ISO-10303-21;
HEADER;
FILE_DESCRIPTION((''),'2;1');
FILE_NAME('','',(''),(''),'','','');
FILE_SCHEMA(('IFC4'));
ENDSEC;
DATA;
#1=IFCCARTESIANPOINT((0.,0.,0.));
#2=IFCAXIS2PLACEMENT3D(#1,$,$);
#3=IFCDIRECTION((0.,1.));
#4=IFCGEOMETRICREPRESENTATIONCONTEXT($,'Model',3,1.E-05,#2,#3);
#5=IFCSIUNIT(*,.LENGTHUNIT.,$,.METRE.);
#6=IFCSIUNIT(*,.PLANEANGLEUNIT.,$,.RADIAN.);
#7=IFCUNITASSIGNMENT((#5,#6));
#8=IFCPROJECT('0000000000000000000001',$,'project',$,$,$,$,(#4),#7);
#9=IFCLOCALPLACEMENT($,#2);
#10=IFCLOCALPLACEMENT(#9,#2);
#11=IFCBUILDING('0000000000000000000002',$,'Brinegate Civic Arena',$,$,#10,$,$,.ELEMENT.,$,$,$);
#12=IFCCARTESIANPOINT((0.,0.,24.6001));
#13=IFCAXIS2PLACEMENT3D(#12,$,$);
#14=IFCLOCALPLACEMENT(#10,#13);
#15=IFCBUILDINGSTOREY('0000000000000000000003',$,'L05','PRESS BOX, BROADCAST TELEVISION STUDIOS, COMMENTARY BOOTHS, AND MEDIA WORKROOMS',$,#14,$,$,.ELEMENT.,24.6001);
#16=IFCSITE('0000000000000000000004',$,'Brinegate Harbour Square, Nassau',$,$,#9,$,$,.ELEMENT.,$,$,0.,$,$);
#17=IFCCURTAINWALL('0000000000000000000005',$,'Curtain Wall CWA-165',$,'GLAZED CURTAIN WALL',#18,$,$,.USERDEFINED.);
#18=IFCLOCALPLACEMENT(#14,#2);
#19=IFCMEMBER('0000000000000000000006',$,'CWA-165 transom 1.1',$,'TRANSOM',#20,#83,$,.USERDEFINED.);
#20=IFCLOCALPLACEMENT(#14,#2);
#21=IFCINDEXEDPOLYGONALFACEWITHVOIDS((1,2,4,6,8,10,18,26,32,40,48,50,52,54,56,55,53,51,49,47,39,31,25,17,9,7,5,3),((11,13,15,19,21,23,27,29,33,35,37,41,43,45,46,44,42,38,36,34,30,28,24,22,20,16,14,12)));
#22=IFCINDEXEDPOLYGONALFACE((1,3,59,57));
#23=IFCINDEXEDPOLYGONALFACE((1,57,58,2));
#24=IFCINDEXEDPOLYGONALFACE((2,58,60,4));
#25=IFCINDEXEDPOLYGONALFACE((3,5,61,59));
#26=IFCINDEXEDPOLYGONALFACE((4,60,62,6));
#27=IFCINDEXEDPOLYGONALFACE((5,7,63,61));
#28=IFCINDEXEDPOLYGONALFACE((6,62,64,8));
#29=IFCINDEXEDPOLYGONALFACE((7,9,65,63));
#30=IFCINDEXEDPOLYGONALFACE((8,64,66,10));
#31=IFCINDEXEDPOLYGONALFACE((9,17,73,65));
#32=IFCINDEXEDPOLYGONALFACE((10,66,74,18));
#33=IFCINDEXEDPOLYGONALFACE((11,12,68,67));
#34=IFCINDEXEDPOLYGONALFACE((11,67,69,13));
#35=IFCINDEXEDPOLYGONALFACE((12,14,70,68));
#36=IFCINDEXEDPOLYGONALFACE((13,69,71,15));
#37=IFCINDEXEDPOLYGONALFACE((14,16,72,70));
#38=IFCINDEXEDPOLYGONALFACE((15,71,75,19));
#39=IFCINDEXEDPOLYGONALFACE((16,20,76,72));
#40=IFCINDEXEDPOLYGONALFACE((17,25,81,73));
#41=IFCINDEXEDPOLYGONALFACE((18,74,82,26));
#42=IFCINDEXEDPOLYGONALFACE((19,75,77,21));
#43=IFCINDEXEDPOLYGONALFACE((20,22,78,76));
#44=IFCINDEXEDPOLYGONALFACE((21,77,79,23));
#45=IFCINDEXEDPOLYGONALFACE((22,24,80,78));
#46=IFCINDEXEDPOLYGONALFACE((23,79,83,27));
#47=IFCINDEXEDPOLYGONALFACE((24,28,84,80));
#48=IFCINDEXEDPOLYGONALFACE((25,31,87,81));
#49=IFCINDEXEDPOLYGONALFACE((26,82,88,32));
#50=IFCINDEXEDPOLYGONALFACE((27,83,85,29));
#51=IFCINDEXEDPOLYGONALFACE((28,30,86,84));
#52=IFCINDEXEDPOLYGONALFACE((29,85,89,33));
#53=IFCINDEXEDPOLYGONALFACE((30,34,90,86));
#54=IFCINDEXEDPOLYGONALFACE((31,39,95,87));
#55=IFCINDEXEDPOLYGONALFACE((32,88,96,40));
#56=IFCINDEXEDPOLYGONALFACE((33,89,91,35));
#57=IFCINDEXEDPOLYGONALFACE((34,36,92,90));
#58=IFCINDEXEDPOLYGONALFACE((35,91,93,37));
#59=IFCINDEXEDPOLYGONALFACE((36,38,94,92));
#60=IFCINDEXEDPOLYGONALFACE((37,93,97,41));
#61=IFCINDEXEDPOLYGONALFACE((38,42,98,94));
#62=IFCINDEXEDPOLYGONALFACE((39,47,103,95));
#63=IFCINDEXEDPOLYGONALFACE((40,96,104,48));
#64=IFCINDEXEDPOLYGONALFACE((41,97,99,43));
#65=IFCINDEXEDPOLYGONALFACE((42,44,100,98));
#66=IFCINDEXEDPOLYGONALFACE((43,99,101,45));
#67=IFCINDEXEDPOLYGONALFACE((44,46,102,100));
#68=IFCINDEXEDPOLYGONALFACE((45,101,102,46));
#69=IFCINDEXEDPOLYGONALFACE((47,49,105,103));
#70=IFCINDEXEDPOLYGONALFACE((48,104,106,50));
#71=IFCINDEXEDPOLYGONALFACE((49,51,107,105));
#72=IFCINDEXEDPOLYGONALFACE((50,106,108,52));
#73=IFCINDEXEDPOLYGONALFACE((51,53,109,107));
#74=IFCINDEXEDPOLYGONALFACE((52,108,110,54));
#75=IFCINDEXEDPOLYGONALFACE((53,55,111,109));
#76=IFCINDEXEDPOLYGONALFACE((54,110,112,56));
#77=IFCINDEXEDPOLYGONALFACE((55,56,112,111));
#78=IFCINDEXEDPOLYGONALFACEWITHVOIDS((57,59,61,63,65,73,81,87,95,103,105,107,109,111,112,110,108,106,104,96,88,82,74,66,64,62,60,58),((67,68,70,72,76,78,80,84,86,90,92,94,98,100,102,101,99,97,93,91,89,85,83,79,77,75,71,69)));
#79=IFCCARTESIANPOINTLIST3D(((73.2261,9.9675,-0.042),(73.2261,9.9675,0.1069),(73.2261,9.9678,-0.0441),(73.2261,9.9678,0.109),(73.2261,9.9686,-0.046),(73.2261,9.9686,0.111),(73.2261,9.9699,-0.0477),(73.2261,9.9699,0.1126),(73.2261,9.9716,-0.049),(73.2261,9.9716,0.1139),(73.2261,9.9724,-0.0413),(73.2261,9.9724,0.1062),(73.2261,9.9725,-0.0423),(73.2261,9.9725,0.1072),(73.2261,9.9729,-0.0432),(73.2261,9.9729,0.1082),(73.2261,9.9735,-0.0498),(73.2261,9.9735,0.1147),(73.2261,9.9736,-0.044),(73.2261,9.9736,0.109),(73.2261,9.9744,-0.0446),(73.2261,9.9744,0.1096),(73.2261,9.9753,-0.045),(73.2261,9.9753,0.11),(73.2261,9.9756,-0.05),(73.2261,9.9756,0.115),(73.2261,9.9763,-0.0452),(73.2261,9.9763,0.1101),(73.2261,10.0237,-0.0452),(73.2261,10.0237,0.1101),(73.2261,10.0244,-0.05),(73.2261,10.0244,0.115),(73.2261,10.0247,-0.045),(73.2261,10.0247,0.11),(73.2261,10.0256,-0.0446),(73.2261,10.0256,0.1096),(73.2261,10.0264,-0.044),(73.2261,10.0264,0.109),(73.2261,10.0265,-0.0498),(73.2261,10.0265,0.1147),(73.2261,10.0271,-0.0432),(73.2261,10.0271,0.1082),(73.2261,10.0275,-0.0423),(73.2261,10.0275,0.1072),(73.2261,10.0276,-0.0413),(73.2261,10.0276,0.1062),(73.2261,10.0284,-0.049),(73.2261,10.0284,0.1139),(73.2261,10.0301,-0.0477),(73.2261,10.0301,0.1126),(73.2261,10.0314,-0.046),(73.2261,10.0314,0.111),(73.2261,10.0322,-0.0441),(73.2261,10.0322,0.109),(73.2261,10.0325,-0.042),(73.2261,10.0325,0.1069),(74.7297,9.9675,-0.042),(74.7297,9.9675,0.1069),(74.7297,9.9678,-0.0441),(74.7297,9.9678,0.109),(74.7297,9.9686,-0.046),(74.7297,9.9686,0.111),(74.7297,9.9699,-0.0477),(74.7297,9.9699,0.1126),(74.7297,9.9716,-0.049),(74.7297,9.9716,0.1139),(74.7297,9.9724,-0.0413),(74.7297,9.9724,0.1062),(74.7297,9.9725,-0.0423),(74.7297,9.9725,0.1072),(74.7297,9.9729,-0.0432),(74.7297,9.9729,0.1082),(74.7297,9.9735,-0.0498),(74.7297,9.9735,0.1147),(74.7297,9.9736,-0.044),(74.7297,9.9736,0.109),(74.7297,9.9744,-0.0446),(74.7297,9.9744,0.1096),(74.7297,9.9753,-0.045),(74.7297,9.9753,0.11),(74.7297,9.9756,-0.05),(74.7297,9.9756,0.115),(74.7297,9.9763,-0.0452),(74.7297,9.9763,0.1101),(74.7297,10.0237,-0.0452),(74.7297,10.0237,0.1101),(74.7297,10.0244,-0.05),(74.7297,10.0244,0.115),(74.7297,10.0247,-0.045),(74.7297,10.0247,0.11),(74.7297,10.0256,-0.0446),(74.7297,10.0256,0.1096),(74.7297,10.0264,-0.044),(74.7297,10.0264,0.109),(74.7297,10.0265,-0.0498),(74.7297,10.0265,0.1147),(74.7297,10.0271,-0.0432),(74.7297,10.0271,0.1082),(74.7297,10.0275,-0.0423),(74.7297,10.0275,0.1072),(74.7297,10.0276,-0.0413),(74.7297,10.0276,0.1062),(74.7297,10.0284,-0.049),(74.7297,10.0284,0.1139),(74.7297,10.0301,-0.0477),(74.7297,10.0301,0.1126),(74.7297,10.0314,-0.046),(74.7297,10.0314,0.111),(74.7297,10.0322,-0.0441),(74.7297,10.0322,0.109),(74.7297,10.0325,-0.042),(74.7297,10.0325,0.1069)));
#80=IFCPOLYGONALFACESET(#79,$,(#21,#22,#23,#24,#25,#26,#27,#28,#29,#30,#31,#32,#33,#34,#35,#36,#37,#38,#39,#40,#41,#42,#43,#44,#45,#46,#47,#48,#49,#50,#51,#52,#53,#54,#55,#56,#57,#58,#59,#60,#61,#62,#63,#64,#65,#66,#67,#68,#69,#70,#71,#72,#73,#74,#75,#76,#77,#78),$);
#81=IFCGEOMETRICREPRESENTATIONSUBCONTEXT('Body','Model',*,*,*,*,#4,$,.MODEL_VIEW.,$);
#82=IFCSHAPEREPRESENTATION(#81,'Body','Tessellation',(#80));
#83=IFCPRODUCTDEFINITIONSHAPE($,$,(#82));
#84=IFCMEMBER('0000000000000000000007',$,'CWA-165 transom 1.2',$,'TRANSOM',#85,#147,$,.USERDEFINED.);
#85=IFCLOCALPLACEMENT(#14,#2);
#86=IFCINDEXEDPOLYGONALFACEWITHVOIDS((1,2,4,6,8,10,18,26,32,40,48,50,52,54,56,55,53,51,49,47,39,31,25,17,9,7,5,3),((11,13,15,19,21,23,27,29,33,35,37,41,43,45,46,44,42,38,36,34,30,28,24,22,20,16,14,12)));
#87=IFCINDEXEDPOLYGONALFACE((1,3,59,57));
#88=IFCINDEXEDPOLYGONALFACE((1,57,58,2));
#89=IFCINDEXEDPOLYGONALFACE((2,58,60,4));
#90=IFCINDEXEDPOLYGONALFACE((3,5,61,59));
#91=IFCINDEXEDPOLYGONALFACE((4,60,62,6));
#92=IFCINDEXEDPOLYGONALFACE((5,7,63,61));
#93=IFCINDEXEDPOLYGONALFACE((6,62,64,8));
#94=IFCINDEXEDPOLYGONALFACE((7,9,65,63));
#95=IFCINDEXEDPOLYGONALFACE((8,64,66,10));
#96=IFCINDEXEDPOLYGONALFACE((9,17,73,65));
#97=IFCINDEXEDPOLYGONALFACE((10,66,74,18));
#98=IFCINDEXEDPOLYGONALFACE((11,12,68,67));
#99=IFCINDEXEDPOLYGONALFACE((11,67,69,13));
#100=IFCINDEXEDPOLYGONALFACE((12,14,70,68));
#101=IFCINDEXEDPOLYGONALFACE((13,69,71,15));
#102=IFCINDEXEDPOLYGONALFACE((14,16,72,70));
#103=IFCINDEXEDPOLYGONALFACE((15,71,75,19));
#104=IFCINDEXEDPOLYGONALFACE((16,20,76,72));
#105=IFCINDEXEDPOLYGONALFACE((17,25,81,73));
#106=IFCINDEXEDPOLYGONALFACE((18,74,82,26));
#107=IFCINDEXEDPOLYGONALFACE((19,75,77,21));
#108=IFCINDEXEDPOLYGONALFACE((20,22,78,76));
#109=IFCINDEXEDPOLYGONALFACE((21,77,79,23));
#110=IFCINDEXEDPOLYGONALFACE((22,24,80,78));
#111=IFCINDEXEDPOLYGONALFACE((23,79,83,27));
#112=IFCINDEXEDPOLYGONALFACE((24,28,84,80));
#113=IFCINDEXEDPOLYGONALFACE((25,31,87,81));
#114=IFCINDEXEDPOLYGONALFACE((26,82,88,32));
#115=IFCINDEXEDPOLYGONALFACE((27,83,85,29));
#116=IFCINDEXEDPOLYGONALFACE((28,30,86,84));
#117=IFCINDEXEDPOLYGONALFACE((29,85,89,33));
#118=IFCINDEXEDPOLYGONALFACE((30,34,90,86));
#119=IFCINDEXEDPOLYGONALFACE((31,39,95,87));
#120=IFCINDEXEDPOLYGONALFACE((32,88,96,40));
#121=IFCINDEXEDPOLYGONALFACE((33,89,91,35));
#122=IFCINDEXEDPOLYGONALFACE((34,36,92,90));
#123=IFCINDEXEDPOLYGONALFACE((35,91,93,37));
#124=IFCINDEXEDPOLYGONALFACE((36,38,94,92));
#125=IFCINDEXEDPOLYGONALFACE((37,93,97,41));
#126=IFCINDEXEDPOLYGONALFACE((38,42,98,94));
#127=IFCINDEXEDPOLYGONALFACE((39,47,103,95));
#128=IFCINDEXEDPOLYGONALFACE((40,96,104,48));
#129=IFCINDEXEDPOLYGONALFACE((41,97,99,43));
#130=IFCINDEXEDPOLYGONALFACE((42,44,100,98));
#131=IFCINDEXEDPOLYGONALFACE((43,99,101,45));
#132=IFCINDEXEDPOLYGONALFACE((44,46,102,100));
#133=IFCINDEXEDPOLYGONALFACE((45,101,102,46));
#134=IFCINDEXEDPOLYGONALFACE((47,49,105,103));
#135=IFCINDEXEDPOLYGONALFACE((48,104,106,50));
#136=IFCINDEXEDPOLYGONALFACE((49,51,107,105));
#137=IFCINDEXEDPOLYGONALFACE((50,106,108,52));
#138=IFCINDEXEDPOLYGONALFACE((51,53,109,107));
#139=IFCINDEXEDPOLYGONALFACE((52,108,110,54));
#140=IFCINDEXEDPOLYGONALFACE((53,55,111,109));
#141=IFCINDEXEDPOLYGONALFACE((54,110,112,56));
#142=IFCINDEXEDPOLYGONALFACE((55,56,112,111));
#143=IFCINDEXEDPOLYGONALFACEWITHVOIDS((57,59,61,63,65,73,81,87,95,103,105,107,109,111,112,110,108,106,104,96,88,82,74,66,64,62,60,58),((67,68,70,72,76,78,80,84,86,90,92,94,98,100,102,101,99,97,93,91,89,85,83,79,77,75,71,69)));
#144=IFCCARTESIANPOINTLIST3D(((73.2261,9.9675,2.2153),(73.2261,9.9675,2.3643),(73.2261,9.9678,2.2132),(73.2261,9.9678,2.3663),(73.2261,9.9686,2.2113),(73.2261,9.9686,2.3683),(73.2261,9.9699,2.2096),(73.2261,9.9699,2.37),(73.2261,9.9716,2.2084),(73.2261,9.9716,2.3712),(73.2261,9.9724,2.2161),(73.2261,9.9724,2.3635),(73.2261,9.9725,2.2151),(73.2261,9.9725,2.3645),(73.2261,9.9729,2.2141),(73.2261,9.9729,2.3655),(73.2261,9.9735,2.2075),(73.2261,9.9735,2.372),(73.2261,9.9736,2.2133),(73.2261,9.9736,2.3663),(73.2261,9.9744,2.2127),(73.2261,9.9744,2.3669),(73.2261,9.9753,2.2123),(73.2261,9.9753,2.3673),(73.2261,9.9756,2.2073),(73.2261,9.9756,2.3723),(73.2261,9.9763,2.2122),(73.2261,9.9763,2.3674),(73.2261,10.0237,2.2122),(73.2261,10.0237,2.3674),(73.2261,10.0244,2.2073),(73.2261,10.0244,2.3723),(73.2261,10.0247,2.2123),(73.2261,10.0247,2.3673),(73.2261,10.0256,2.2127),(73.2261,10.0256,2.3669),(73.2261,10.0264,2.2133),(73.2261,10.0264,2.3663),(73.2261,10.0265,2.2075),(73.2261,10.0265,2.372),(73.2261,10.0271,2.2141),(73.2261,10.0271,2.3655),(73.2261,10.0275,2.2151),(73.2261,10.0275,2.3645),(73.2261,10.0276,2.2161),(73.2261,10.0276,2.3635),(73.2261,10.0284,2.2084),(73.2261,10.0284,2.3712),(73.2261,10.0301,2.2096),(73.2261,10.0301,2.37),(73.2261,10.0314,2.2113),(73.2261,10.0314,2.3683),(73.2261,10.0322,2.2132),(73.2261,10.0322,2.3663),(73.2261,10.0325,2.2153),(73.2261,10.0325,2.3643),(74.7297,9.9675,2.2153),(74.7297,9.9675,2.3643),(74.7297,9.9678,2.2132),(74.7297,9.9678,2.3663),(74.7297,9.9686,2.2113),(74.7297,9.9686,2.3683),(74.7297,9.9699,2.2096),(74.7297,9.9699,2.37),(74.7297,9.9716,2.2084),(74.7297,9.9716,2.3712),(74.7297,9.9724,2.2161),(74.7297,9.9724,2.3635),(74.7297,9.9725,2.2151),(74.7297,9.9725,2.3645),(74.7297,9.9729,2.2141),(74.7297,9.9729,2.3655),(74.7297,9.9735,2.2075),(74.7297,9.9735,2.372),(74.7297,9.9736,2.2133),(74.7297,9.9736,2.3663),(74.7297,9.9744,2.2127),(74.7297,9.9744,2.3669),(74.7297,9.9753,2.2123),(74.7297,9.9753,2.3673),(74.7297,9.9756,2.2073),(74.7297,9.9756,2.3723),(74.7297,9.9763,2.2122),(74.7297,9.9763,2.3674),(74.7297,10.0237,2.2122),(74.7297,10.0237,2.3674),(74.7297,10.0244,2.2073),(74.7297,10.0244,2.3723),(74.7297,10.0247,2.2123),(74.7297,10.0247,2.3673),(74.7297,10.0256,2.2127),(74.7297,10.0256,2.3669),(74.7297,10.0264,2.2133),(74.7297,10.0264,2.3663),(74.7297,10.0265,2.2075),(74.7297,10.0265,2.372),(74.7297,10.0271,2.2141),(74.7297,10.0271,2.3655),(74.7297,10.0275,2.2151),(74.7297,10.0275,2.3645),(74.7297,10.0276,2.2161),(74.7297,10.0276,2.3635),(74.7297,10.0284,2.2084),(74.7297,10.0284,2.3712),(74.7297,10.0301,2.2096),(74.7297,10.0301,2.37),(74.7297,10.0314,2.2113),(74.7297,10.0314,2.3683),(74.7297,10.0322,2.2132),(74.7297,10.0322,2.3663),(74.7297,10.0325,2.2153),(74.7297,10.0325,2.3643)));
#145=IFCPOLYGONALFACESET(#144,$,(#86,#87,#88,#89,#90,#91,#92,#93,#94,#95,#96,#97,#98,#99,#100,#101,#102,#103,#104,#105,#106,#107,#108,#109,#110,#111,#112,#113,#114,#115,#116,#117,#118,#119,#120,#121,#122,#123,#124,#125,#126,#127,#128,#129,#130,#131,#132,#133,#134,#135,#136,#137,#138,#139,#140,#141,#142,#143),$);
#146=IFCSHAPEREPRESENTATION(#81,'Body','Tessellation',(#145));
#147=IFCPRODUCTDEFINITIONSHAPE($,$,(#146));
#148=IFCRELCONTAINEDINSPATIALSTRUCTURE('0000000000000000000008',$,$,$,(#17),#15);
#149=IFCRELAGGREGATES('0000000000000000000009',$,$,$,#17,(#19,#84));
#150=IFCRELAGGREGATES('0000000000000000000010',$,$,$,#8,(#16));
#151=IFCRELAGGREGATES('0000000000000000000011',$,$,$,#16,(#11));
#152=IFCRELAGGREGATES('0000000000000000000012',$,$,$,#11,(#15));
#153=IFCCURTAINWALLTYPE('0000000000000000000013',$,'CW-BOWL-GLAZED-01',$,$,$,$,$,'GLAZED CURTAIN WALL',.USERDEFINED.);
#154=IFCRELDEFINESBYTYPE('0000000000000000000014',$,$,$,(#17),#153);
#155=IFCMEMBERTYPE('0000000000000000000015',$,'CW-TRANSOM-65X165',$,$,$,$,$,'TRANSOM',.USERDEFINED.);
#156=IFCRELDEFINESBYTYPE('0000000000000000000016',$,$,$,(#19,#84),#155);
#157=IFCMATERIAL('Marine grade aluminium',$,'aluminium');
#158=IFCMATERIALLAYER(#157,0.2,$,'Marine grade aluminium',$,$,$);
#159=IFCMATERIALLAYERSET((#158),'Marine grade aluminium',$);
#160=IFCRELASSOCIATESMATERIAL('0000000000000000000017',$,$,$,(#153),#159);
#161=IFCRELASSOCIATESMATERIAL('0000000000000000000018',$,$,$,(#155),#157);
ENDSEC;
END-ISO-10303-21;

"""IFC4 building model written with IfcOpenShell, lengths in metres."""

from ifc_helpers import new_model, si_unit, direction, frame, origin, origin_2d, place, context, subcontext, project, spatial, hollow_rectangle, extrude, material, layer, layer_set, material_profile, profile_set, type_object, element, aggregate, save


model = new_model("IFC4")

# Units and contexts
model_context = context("Model", 3, precision=1e-05, world=origin(), true_north=direction((0.0, 1.0)))
body_context = subcontext(model_context, "Body", "Model", "MODEL_VIEW")
ifc_project = project(units=[si_unit("LENGTHUNIT", "METRE"), si_unit("PLANEANGLEUNIT", "RADIAN")], contexts=[model_context])

# Site, building, storey
site_placement = place(None, origin())
site = spatial("IfcSite", under=ifc_project, at=site_placement, Name="Brinegate Harbour Square, Nassau", CompositionType="ELEMENT", RefElevation=0.0)
building_placement = place(site_placement, origin())
building = spatial("IfcBuilding", under=site, at=building_placement, Name="Brinegate Civic Arena", CompositionType="ELEMENT")
storey_placement = place(building_placement, frame((0.0, 0.0, 24.6001)))
storey = spatial("IfcBuildingStorey", under=building, at=storey_placement, Name="L05", Description="PRESS BOX, BROADCAST TELEVISION STUDIOS, COMMENTARY BOOTHS, AND MEDIA WORKROOMS", CompositionType="ELEMENT", Elevation=24.6001)

# Curtain wall, members
ifc_material_1 = material(Name="Marine grade aluminium", Category="aluminium")
ifc_layer_1 = layer(ifc_material_1, 0.2, Name="Marine grade aluminium")
ifc_layer_set_1 = layer_set([ifc_layer_1], Name="Marine grade aluminium")
curtain_wall_type = type_object("IfcCurtainWallType", Name="CW-BOWL-GLAZED-01", ElementType="GLAZED CURTAIN WALL", PredefinedType="USERDEFINED", material=ifc_layer_set_1)
curtain_wall_1_placement = place(storey_placement, origin())
curtain_wall_1 = element("IfcCurtainWall", 1, at=curtain_wall_1_placement, inside=storey, type_object=curtain_wall_type, Name="Curtain Wall CWA-165", ObjectType="GLAZED CURTAIN WALL", PredefinedType="USERDEFINED")
ifc_material_profile_1 = material_profile(ifc_material_1, hollow_rectangle(XDim=0.0649, YDim=0.165, WallThickness=0.0049, InnerFilletRadius=0.0039, OuterFilletRadius=0.0081, at=origin_2d()), Name="TRN65X165")
ifc_profile_set_1 = profile_set([ifc_material_profile_1], Name="Marine grade aluminium")
member_type_1 = type_object("IfcMemberType", Name="CW-TRANSOM-65X165", ElementType="TRANSOM", PredefinedType="USERDEFINED", material=ifc_profile_set_1)
member_1_placement = place(storey_placement, frame((73.2261, 10.0, 0.0325), z_axis=(1.0, 0.0, 0.0), x_axis=(0.0, 1.0, 0.0)))
member_1 = element("IfcMember", 2, at=member_1_placement, type_object=member_type_1, Name="CWA-165 transom 1.1", ObjectType="TRANSOM", PredefinedType="USERDEFINED", context=body_context, shape_type="SweptSolid", body=[
    extrude(hollow_rectangle(XDim=0.0649, YDim=0.165, WallThickness=0.0049, InnerFilletRadius=0.0039, OuterFilletRadius=0.0081, at=origin_2d()), origin(), (0.0, 0.0, 1.0), 1.5037),
])
member_2_placement = place(storey_placement, frame((73.2261, 10.0, 2.2898), z_axis=(1.0, 0.0, 0.0), x_axis=(0.0, 1.0, 0.0)))
member_2 = element("IfcMember", 3, at=member_2_placement, type_object=member_type_1, Name="CWA-165 transom 1.2", ObjectType="TRANSOM", PredefinedType="USERDEFINED", context=body_context, shape_type="SweptSolid", body=[
    extrude(hollow_rectangle(XDim=0.0649, YDim=0.165, WallThickness=0.0049, InnerFilletRadius=0.0039, OuterFilletRadius=0.0081, at=origin_2d()), origin(), (0.0, 0.0, 1.0), 1.5037),
])
aggregate(curtain_wall_1, [member_1, member_2])

save(model, "model.ifc")
